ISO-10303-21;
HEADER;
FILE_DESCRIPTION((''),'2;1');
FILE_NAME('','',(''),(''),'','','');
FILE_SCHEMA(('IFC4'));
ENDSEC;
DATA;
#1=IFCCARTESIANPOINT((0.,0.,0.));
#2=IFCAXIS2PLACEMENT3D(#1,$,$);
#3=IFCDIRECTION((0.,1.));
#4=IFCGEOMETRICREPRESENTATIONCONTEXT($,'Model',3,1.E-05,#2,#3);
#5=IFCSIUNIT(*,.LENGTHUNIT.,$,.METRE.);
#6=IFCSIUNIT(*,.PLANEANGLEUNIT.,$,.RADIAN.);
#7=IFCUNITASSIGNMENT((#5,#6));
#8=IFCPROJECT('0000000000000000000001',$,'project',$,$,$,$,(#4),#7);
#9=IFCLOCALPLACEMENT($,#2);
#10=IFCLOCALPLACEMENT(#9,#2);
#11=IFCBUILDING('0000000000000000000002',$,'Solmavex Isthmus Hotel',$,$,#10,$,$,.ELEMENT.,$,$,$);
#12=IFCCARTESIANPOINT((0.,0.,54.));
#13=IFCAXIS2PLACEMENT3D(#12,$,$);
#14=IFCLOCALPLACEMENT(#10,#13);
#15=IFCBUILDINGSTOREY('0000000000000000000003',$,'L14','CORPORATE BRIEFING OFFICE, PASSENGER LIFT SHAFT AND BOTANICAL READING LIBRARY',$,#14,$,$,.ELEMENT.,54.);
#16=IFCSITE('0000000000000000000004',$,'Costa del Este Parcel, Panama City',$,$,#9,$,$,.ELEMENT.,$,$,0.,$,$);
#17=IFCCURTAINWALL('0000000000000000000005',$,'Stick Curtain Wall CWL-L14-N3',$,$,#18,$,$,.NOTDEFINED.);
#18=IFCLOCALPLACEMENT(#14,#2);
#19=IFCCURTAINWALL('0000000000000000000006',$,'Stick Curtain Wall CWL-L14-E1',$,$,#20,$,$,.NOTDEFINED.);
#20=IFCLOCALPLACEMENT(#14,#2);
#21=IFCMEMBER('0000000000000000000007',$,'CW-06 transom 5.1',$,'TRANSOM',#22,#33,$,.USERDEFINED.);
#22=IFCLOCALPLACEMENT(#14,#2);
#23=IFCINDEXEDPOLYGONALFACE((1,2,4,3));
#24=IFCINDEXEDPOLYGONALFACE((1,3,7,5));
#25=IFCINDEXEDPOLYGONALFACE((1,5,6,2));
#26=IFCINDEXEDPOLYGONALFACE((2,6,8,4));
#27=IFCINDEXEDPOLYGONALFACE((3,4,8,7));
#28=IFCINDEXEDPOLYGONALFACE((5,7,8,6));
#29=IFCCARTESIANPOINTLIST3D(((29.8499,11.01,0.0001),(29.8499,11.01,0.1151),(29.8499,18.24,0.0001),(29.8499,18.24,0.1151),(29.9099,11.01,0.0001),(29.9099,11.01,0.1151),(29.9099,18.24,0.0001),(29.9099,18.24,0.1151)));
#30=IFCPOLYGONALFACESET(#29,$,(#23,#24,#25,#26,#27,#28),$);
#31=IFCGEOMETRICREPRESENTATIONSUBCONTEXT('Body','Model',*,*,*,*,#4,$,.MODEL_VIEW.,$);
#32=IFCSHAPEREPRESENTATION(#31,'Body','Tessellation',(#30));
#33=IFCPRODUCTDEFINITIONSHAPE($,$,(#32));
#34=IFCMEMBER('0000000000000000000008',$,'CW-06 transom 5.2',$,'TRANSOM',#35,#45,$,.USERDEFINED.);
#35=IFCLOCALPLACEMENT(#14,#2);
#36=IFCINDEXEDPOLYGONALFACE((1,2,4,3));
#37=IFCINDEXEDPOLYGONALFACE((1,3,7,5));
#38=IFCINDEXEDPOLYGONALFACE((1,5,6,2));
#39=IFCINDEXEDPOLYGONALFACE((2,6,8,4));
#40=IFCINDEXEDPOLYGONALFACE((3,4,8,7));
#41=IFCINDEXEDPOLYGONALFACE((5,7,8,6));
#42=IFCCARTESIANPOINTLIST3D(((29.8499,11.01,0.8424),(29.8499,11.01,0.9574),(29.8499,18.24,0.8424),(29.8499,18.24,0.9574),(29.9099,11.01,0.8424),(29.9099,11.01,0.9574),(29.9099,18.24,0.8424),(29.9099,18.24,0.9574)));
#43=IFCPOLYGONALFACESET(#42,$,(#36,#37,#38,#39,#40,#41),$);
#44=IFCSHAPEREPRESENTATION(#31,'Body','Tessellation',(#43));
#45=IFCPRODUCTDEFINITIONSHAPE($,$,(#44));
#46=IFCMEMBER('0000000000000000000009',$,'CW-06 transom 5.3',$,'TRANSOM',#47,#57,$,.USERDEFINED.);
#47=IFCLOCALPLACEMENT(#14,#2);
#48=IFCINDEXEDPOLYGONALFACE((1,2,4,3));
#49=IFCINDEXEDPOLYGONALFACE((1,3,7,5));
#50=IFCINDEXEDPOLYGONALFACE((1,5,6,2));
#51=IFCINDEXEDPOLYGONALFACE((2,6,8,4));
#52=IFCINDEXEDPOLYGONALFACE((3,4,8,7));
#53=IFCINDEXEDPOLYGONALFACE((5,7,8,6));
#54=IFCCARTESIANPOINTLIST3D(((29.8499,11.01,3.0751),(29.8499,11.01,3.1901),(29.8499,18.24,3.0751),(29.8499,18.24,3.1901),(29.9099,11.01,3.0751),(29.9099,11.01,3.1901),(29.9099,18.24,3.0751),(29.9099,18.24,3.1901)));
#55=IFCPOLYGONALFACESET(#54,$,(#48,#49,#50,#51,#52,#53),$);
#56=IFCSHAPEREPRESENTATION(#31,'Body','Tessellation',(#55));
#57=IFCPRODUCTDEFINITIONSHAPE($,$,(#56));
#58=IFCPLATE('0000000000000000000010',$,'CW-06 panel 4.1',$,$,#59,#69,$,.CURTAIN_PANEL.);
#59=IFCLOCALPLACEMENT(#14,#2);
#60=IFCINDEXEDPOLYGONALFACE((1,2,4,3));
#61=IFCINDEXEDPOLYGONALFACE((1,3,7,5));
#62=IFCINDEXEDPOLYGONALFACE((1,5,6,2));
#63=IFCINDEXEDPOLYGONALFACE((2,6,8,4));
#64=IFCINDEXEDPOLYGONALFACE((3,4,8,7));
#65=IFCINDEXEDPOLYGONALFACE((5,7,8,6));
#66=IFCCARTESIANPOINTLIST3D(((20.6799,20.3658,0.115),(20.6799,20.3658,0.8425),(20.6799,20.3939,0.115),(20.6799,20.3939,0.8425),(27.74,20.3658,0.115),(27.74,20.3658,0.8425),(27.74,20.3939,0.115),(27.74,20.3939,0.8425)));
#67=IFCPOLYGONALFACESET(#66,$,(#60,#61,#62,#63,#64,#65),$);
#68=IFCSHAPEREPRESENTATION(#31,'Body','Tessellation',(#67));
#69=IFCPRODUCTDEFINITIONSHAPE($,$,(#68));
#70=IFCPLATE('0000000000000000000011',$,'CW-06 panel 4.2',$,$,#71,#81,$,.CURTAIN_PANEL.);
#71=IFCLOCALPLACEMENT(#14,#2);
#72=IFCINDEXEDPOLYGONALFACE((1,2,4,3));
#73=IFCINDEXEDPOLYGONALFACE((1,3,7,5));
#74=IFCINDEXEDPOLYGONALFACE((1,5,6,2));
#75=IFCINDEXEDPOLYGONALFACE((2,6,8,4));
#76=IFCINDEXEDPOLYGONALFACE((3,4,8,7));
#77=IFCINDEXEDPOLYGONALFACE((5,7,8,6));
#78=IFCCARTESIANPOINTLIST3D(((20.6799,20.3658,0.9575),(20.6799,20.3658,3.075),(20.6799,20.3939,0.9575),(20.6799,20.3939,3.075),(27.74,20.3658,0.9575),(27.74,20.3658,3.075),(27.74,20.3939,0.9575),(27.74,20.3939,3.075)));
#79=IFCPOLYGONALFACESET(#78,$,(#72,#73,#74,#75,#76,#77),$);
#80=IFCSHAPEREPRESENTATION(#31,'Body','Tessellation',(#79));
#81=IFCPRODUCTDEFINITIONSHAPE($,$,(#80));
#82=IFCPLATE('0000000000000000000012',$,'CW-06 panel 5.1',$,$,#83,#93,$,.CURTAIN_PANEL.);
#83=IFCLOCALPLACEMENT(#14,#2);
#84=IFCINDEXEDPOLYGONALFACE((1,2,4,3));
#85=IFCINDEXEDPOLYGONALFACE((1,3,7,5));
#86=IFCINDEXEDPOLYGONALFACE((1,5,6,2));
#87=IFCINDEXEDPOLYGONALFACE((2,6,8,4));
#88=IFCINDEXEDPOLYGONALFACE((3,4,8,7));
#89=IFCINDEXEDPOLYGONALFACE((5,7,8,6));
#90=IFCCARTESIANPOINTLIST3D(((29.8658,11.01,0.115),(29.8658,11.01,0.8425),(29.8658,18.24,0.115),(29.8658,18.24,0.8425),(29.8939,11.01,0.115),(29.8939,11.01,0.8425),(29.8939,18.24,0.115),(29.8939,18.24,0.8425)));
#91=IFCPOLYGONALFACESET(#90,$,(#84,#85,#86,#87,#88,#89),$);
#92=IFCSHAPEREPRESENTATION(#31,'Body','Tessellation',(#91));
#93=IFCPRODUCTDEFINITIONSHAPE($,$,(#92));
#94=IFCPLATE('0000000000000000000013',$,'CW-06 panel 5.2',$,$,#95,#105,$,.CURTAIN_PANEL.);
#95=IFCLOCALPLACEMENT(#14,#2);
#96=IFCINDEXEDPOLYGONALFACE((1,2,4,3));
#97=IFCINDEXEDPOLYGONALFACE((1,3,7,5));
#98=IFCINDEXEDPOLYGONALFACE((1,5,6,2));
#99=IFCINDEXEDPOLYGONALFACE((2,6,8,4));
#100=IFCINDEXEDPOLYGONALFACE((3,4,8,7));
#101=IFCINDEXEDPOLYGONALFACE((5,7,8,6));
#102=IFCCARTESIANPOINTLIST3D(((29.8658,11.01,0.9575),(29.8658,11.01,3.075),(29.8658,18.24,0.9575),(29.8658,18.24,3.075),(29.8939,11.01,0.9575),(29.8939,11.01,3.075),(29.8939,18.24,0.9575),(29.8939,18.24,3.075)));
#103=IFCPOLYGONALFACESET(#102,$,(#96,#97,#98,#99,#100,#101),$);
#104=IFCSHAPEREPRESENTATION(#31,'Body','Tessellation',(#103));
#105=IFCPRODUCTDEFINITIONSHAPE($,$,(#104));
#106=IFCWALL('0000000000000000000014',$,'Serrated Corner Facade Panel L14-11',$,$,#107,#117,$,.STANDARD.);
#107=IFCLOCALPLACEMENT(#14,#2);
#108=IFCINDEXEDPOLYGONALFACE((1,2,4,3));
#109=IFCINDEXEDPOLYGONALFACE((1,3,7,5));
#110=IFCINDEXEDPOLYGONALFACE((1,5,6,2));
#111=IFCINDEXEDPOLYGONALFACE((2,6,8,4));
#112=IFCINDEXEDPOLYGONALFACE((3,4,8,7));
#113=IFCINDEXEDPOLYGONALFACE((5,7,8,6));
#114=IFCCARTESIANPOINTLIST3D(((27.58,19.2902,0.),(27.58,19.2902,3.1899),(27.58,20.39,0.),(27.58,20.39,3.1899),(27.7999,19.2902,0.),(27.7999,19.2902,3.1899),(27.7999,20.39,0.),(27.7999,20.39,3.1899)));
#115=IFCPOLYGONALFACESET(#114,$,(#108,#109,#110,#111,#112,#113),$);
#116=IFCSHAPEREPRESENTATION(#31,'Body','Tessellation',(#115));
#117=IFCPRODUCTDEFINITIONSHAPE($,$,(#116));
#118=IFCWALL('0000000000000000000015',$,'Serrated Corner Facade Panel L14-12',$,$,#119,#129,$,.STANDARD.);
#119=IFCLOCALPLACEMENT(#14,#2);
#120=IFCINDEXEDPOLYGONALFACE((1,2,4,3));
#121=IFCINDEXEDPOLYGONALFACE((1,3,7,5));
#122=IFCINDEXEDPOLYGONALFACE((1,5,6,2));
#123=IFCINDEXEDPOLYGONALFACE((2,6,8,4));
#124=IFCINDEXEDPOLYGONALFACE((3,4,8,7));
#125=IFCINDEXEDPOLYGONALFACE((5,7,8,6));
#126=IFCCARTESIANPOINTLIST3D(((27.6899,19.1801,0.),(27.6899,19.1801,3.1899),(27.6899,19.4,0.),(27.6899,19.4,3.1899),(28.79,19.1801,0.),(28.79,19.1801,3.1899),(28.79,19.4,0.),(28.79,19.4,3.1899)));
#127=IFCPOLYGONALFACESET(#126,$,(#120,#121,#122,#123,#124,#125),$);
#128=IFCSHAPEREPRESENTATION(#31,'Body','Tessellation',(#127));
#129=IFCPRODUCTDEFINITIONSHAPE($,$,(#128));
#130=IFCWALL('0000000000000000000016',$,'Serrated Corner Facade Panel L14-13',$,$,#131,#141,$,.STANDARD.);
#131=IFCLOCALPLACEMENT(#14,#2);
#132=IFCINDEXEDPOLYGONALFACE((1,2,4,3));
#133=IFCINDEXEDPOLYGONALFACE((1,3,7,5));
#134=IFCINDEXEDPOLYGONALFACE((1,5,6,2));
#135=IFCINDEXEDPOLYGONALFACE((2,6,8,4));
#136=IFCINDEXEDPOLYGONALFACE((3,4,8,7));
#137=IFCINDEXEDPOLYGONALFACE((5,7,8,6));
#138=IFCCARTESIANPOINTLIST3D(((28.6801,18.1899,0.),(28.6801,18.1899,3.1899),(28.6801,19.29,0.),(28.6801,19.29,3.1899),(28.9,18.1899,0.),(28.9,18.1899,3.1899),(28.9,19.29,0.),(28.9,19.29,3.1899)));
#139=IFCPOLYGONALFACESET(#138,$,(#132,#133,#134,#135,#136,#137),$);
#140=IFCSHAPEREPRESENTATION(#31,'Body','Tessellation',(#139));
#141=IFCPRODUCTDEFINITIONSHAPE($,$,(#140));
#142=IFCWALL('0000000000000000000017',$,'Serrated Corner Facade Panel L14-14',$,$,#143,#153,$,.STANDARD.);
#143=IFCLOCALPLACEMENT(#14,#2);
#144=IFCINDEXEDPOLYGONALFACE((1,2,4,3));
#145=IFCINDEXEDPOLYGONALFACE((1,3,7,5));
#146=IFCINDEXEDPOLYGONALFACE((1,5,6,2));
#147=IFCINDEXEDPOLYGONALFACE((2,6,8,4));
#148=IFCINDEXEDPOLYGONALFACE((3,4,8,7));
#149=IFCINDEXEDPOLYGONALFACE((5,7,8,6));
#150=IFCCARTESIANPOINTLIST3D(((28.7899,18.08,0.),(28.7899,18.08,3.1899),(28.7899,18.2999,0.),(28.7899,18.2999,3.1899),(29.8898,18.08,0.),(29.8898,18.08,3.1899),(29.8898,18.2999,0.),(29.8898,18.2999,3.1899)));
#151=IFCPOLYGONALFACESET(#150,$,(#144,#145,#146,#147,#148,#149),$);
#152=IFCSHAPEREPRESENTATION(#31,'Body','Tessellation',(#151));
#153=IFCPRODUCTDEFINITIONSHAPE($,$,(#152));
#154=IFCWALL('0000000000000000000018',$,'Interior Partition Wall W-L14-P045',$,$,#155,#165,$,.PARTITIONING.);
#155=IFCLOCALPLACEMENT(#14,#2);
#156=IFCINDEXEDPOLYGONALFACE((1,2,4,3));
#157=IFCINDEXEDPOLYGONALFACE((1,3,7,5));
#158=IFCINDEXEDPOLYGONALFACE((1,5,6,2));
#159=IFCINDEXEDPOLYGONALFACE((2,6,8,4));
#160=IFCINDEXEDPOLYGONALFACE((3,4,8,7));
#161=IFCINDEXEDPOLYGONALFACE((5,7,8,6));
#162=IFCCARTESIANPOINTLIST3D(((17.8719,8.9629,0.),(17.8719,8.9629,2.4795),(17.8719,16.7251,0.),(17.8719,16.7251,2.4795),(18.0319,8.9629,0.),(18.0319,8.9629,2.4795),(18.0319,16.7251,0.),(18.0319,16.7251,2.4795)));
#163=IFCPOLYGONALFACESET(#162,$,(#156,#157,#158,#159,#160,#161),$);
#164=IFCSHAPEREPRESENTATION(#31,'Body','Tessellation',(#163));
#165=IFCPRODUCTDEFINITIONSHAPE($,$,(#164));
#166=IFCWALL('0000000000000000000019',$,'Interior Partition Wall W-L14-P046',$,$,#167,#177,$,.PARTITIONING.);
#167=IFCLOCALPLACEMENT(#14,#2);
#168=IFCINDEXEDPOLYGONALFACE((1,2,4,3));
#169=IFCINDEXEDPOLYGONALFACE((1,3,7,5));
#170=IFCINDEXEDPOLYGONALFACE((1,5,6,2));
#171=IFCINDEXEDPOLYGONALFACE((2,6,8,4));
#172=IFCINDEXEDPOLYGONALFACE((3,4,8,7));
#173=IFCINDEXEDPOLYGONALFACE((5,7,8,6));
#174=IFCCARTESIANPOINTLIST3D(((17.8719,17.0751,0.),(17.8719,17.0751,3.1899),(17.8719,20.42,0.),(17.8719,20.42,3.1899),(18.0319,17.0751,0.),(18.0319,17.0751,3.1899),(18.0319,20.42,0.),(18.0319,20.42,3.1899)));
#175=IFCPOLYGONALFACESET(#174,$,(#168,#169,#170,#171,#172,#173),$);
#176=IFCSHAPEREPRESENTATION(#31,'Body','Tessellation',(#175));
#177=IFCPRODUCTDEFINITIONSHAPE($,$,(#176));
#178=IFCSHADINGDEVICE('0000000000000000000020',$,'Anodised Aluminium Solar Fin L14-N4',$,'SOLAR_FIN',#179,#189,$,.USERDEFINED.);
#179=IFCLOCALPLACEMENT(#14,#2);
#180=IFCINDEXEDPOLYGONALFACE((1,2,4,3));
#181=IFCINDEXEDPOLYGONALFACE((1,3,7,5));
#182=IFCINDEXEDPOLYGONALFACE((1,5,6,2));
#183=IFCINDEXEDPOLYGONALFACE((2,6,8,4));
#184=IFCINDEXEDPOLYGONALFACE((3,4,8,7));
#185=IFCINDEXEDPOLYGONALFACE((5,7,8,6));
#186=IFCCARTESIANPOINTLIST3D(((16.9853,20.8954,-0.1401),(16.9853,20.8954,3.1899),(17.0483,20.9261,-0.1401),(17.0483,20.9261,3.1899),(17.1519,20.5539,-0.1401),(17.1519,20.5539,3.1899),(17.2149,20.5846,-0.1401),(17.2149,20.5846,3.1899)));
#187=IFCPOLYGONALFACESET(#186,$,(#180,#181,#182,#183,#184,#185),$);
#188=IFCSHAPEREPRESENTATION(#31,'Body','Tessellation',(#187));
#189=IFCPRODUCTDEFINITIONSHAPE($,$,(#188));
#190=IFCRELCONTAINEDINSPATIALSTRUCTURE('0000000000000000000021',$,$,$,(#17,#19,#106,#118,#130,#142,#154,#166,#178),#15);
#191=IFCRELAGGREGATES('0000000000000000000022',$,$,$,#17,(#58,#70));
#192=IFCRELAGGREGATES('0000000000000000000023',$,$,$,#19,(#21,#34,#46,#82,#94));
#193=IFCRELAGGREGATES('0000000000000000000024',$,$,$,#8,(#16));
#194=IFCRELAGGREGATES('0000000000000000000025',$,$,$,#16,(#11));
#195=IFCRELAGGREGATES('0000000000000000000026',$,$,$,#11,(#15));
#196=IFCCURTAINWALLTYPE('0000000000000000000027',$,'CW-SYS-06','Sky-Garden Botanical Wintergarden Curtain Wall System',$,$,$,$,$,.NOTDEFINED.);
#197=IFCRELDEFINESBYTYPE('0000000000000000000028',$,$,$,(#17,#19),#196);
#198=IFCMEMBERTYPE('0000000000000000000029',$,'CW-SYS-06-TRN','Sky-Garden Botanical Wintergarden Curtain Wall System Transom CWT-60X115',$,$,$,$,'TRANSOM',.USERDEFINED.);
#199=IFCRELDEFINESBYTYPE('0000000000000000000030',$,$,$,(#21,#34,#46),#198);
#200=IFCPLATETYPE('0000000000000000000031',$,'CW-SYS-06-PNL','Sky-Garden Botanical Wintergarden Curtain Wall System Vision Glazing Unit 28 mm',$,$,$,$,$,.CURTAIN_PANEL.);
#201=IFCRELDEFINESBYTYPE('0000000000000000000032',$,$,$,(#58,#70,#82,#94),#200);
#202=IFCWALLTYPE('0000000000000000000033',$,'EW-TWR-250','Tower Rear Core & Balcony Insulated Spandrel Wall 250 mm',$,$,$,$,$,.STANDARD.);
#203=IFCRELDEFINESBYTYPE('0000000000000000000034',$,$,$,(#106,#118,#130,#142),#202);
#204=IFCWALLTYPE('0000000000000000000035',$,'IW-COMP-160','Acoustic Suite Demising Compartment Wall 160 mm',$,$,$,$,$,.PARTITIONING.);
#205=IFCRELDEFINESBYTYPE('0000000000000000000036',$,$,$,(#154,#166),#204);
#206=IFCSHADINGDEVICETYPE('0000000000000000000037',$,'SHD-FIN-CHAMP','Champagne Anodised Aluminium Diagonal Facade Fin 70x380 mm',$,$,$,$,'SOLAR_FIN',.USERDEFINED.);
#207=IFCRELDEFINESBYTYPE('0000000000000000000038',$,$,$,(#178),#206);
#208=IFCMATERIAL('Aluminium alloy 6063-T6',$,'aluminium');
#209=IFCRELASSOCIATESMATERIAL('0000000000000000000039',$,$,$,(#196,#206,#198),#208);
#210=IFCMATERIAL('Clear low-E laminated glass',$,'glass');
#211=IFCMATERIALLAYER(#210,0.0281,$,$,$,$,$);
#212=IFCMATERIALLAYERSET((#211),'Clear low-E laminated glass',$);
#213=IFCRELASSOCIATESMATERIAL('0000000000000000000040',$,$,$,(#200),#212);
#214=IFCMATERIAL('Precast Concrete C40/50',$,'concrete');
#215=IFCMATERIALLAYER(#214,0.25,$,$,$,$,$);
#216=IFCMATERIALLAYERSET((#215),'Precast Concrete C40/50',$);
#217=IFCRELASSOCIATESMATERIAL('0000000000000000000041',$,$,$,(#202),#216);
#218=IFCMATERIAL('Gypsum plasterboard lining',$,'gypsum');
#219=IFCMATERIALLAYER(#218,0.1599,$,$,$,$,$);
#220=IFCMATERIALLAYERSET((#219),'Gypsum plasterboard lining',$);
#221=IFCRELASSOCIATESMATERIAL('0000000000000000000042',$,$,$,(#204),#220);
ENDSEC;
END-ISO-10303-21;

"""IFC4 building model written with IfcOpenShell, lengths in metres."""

from ifc_helpers import new_model, si_unit, direction, frame, frame_2d, origin, origin_2d, place, context, subcontext, project, spatial, rectangle, extrude, material, layer, layer_set, material_profile, profile_set, type_object, element, aggregate, save


model = new_model("IFC4")

# Units and contexts
model_context = context("Model", 3, precision=1e-05, world=origin(), true_north=direction((0.0, 1.0)))
body_context = subcontext(model_context, "Body", "Model", "MODEL_VIEW")
ifc_project = project(units=[si_unit("LENGTHUNIT", "METRE"), si_unit("PLANEANGLEUNIT", "RADIAN")], contexts=[model_context])

# Site, building, storey
site_placement = place(None, origin())
site = spatial("IfcSite", under=ifc_project, at=site_placement, Name="Costa del Este Parcel, Panama City", CompositionType="ELEMENT", RefElevation=0.0)
building_placement = place(site_placement, origin())
building = spatial("IfcBuilding", under=site, at=building_placement, Name="Solmavex Isthmus Hotel", CompositionType="ELEMENT")
storey_placement = place(building_placement, frame((0.0, 0.0, 54.0)))
storey = spatial("IfcBuildingStorey", under=building, at=storey_placement, Name="L14", Description="CORPORATE BRIEFING OFFICE, PASSENGER LIFT SHAFT AND BOTANICAL READING LIBRARY", CompositionType="ELEMENT", Elevation=54.0)

# Curtain walls
ifc_material_1 = material(Name="Aluminium alloy 6063-T6", Category="aluminium")
curtain_wall_type = type_object("IfcCurtainWallType", Name="CW-SYS-06", Description="Sky-Garden Botanical Wintergarden Curtain Wall System", PredefinedType="NOTDEFINED", material=ifc_material_1)
curtain_wall_1_placement = place(storey_placement, origin())
curtain_wall_1 = element("IfcCurtainWall", 1, at=curtain_wall_1_placement, inside=storey, type_object=curtain_wall_type, Name="Stick Curtain Wall CWL-L14-N3", PredefinedType="NOTDEFINED")
curtain_wall_2_placement = place(storey_placement, origin())
curtain_wall_2 = element("IfcCurtainWall", 2, at=curtain_wall_2_placement, inside=storey, type_object=curtain_wall_type, Name="Stick Curtain Wall CWL-L14-E1", PredefinedType="NOTDEFINED")

# Members
ifc_material_profile_1 = material_profile(ifc_material_1, rectangle(XDim=0.0601, YDim=0.115, at=origin_2d()), Name="CWT-60X115")
ifc_profile_set_1 = profile_set([ifc_material_profile_1], Name="Aluminium alloy 6063-T6")
member_type_1 = type_object("IfcMemberType", Name="CW-SYS-06-TRN", Description="Sky-Garden Botanical Wintergarden Curtain Wall System Transom CWT-60X115", ElementType="TRANSOM", PredefinedType="USERDEFINED", material=ifc_profile_set_1)
member_1_placement = place(storey_placement, frame((29.8799, 11.01, 0.0576), z_axis=(0.0, 1.0, 0.0), x_axis=(-1.0, 0.0, 0.0)))
member_1 = element("IfcMember", 3, at=member_1_placement, type_object=member_type_1, Name="CW-06 transom 5.1", ObjectType="TRANSOM", PredefinedType="USERDEFINED", context=body_context, shape_type="SweptSolid", body=[
    extrude(rectangle(XDim=0.0601, YDim=0.115, at=origin_2d()), origin(), (0.0, 0.0, 1.0), 7.23),
])
member_2_placement = place(storey_placement, frame((29.8799, 11.01, 0.8999), z_axis=(0.0, 1.0, 0.0), x_axis=(-1.0, 0.0, 0.0)))
member_2 = element("IfcMember", 4, at=member_2_placement, type_object=member_type_1, Name="CW-06 transom 5.2", ObjectType="TRANSOM", PredefinedType="USERDEFINED", context=body_context, shape_type="SweptSolid", body=[
    extrude(rectangle(XDim=0.0601, YDim=0.115, at=origin_2d()), origin(), (0.0, 0.0, 1.0), 7.23),
])
member_3_placement = place(storey_placement, frame((29.8799, 11.01, 3.1326), z_axis=(0.0, 1.0, 0.0), x_axis=(-1.0, 0.0, 0.0)))
member_3 = element("IfcMember", 5, at=member_3_placement, type_object=member_type_1, Name="CW-06 transom 5.3", ObjectType="TRANSOM", PredefinedType="USERDEFINED", context=body_context, shape_type="SweptSolid", body=[
    extrude(rectangle(XDim=0.0601, YDim=0.115, at=origin_2d()), origin(), (0.0, 0.0, 1.0), 7.23),
])

# Plates
ifc_material_2 = material(Name="Clear low-E laminated glass", Category="glass")
ifc_layer_1 = layer(ifc_material_2, 0.0281)
ifc_layer_set_1 = layer_set([ifc_layer_1], Name="Clear low-E laminated glass")
plate_type = type_object("IfcPlateType", Name="CW-SYS-06-PNL", Description="Sky-Garden Botanical Wintergarden Curtain Wall System Vision Glazing Unit 28 mm", PredefinedType="CURTAIN_PANEL", material=ifc_layer_set_1)
plate_1_placement = place(storey_placement, frame((24.21, 20.3799, 0.115), z_axis=(0.0, 0.0, 1.0), x_axis=(1.0, 0.0, 0.0)))
plate_1 = element("IfcPlate", 6, at=plate_1_placement, type_object=plate_type, Name="CW-06 panel 4.1", PredefinedType="CURTAIN_PANEL", context=body_context, shape_type="SweptSolid", body=[
    extrude(rectangle(XDim=7.0601, YDim=0.0281, at=origin_2d()), origin(), (0.0, 0.0, 1.0), 0.7275),
])
plate_2_placement = place(storey_placement, frame((24.21, 20.3799, 0.9575), z_axis=(0.0, 0.0, 1.0), x_axis=(1.0, 0.0, 0.0)))
plate_2 = element("IfcPlate", 7, at=plate_2_placement, type_object=plate_type, Name="CW-06 panel 4.2", PredefinedType="CURTAIN_PANEL", context=body_context, shape_type="SweptSolid", body=[
    extrude(rectangle(XDim=7.0601, YDim=0.0281, at=origin_2d()), origin(), (0.0, 0.0, 1.0), 2.1174),
])
aggregate(curtain_wall_1, [plate_1, plate_2])
plate_3_placement = place(storey_placement, frame((29.8799, 14.625, 0.115), z_axis=(0.0, 0.0, 1.0), x_axis=(0.0, 1.0, 0.0)))
plate_3 = element("IfcPlate", 8, at=plate_3_placement, type_object=plate_type, Name="CW-06 panel 5.1", PredefinedType="CURTAIN_PANEL", context=body_context, shape_type="SweptSolid", body=[
    extrude(rectangle(XDim=7.23, YDim=0.0281, at=origin_2d()), origin(), (0.0, 0.0, 1.0), 0.7275),
])
plate_4_placement = place(storey_placement, frame((29.8799, 14.625, 0.9575), z_axis=(0.0, 0.0, 1.0), x_axis=(0.0, 1.0, 0.0)))
plate_4 = element("IfcPlate", 9, at=plate_4_placement, type_object=plate_type, Name="CW-06 panel 5.2", PredefinedType="CURTAIN_PANEL", context=body_context, shape_type="SweptSolid", body=[
    extrude(rectangle(XDim=7.23, YDim=0.0281, at=origin_2d()), origin(), (0.0, 0.0, 1.0), 2.1174),
])
aggregate(curtain_wall_2, [member_1, member_2, member_3, plate_3, plate_4])

# Walls
ifc_material_3 = material(Name="Precast Concrete C40/50", Category="concrete")
ifc_layer_2 = layer(ifc_material_3, 0.25)
ifc_layer_set_2 = layer_set([ifc_layer_2], Name="Precast Concrete C40/50")
wall_type_1 = type_object("IfcWallType", Name="EW-TWR-250", Description="Tower Rear Core & Balcony Insulated Spandrel Wall 250 mm", PredefinedType="STANDARD", material=ifc_layer_set_2)
wall_1_placement = place(storey_placement, frame((27.6899, 20.3899, 0.0), z_axis=(0.0, 0.0, 1.0), x_axis=(0.0, -1.0, 0.0)))
element("IfcWall", 10, at=wall_1_placement, inside=storey, type_object=wall_type_1, Name="Serrated Corner Facade Panel L14-11", PredefinedType="STANDARD", context=body_context, shape_type="SweptSolid", body=[
    extrude(rectangle(XDim=1.0999, YDim=0.22, at=frame_2d((0.5498, 0.0))), origin(), (0.0, 0.0, 1.0), 3.1899),
])
for number, where, z_axis, x_axis, name in (
    (11, (27.6899, 19.29, 0.0), (0.0, 0.0, 1.0), (1.0, 0.0, 0.0), "Serrated Corner Facade Panel L14-12"),
    (12, (28.79, 19.29, 0.0), (0.0, 0.0, 1.0), (0.0, -1.0, 0.0), "Serrated Corner Facade Panel L14-13"),
):
    element("IfcWall", number, at=place(storey_placement, frame(where, z_axis=z_axis, x_axis=x_axis)), inside=storey, type_object=wall_type_1, Name=name, PredefinedType="STANDARD", context=body_context, shape_type="SweptSolid", body=[
        extrude(rectangle(XDim=1.1001, YDim=0.22, at=frame_2d((0.55, 0.0))), origin(), (0.0, 0.0, 1.0), 3.1899),
    ])
wall_2_placement = place(storey_placement, frame((28.79, 18.1899, 0.0), z_axis=(0.0, 0.0, 1.0), x_axis=(1.0, 0.0, 0.0)))
element("IfcWall", 13, at=wall_2_placement, inside=storey, type_object=wall_type_1, Name="Serrated Corner Facade Panel L14-14", PredefinedType="STANDARD", context=body_context, shape_type="SweptSolid", body=[
    extrude(rectangle(XDim=1.0999, YDim=0.22, at=frame_2d((0.5498, 0.0))), origin(), (0.0, 0.0, 1.0), 3.1899),
])
ifc_material_4 = material(Name="Gypsum plasterboard lining", Category="gypsum")
ifc_layer_3 = layer(ifc_material_4, 0.1599)
ifc_layer_set_3 = layer_set([ifc_layer_3], Name="Gypsum plasterboard lining")
wall_type_2 = type_object("IfcWallType", Name="IW-COMP-160", Description="Acoustic Suite Demising Compartment Wall 160 mm", PredefinedType="PARTITIONING", material=ifc_layer_set_3)
wall_3_placement = place(storey_placement, frame((17.9519, 16.7251, 0.0), z_axis=(0.0, 0.0, 1.0), x_axis=(0.0, -1.0, 0.0)))
element("IfcWall", 14, at=wall_3_placement, inside=storey, type_object=wall_type_2, Name="Interior Partition Wall W-L14-P045", PredefinedType="PARTITIONING", context=body_context, shape_type="SweptSolid", body=[
    extrude(rectangle(XDim=7.7622, YDim=0.1599, at=frame_2d((3.8811, 0.0))), origin(), (0.0, 0.0, 1.0), 2.4795),
])
wall_4_placement = place(storey_placement, frame((17.9519, 20.4199, 0.0), z_axis=(0.0, 0.0, 1.0), x_axis=(0.0, -1.0, 0.0)))
element("IfcWall", 15, at=wall_4_placement, inside=storey, type_object=wall_type_2, Name="Interior Partition Wall W-L14-P046", PredefinedType="PARTITIONING", context=body_context, shape_type="SweptSolid", body=[
    extrude(rectangle(XDim=3.345, YDim=0.1599, at=frame_2d((1.6724, 0.0))), origin(), (0.0, 0.0, 1.0), 3.1899),
])

# Shading device
shading_device_type = type_object("IfcShadingDeviceType", Name="SHD-FIN-CHAMP", Description="Champagne Anodised Aluminium Diagonal Facade Fin 70x380 mm", ElementType="SOLAR_FIN", PredefinedType="USERDEFINED", material=ifc_material_1)
shading_device_placement = place(storey_placement, frame((17.1001, 20.74, -0.1401), z_axis=(0.0, 0.0, 1.0), x_axis=(-0.438371, 0.898794, 0.0)))
element("IfcShadingDevice", 16, at=shading_device_placement, inside=storey, type_object=shading_device_type, Name="Anodised Aluminium Solar Fin L14-N4", ObjectType="SOLAR_FIN", PredefinedType="USERDEFINED", context=body_context, shape_type="SweptSolid", body=[
    extrude(rectangle(XDim=0.3799, YDim=0.0701, at=origin_2d()), origin(), (0.0, 0.0, 1.0), 3.3301),
])

save(model, "model.ifc")
